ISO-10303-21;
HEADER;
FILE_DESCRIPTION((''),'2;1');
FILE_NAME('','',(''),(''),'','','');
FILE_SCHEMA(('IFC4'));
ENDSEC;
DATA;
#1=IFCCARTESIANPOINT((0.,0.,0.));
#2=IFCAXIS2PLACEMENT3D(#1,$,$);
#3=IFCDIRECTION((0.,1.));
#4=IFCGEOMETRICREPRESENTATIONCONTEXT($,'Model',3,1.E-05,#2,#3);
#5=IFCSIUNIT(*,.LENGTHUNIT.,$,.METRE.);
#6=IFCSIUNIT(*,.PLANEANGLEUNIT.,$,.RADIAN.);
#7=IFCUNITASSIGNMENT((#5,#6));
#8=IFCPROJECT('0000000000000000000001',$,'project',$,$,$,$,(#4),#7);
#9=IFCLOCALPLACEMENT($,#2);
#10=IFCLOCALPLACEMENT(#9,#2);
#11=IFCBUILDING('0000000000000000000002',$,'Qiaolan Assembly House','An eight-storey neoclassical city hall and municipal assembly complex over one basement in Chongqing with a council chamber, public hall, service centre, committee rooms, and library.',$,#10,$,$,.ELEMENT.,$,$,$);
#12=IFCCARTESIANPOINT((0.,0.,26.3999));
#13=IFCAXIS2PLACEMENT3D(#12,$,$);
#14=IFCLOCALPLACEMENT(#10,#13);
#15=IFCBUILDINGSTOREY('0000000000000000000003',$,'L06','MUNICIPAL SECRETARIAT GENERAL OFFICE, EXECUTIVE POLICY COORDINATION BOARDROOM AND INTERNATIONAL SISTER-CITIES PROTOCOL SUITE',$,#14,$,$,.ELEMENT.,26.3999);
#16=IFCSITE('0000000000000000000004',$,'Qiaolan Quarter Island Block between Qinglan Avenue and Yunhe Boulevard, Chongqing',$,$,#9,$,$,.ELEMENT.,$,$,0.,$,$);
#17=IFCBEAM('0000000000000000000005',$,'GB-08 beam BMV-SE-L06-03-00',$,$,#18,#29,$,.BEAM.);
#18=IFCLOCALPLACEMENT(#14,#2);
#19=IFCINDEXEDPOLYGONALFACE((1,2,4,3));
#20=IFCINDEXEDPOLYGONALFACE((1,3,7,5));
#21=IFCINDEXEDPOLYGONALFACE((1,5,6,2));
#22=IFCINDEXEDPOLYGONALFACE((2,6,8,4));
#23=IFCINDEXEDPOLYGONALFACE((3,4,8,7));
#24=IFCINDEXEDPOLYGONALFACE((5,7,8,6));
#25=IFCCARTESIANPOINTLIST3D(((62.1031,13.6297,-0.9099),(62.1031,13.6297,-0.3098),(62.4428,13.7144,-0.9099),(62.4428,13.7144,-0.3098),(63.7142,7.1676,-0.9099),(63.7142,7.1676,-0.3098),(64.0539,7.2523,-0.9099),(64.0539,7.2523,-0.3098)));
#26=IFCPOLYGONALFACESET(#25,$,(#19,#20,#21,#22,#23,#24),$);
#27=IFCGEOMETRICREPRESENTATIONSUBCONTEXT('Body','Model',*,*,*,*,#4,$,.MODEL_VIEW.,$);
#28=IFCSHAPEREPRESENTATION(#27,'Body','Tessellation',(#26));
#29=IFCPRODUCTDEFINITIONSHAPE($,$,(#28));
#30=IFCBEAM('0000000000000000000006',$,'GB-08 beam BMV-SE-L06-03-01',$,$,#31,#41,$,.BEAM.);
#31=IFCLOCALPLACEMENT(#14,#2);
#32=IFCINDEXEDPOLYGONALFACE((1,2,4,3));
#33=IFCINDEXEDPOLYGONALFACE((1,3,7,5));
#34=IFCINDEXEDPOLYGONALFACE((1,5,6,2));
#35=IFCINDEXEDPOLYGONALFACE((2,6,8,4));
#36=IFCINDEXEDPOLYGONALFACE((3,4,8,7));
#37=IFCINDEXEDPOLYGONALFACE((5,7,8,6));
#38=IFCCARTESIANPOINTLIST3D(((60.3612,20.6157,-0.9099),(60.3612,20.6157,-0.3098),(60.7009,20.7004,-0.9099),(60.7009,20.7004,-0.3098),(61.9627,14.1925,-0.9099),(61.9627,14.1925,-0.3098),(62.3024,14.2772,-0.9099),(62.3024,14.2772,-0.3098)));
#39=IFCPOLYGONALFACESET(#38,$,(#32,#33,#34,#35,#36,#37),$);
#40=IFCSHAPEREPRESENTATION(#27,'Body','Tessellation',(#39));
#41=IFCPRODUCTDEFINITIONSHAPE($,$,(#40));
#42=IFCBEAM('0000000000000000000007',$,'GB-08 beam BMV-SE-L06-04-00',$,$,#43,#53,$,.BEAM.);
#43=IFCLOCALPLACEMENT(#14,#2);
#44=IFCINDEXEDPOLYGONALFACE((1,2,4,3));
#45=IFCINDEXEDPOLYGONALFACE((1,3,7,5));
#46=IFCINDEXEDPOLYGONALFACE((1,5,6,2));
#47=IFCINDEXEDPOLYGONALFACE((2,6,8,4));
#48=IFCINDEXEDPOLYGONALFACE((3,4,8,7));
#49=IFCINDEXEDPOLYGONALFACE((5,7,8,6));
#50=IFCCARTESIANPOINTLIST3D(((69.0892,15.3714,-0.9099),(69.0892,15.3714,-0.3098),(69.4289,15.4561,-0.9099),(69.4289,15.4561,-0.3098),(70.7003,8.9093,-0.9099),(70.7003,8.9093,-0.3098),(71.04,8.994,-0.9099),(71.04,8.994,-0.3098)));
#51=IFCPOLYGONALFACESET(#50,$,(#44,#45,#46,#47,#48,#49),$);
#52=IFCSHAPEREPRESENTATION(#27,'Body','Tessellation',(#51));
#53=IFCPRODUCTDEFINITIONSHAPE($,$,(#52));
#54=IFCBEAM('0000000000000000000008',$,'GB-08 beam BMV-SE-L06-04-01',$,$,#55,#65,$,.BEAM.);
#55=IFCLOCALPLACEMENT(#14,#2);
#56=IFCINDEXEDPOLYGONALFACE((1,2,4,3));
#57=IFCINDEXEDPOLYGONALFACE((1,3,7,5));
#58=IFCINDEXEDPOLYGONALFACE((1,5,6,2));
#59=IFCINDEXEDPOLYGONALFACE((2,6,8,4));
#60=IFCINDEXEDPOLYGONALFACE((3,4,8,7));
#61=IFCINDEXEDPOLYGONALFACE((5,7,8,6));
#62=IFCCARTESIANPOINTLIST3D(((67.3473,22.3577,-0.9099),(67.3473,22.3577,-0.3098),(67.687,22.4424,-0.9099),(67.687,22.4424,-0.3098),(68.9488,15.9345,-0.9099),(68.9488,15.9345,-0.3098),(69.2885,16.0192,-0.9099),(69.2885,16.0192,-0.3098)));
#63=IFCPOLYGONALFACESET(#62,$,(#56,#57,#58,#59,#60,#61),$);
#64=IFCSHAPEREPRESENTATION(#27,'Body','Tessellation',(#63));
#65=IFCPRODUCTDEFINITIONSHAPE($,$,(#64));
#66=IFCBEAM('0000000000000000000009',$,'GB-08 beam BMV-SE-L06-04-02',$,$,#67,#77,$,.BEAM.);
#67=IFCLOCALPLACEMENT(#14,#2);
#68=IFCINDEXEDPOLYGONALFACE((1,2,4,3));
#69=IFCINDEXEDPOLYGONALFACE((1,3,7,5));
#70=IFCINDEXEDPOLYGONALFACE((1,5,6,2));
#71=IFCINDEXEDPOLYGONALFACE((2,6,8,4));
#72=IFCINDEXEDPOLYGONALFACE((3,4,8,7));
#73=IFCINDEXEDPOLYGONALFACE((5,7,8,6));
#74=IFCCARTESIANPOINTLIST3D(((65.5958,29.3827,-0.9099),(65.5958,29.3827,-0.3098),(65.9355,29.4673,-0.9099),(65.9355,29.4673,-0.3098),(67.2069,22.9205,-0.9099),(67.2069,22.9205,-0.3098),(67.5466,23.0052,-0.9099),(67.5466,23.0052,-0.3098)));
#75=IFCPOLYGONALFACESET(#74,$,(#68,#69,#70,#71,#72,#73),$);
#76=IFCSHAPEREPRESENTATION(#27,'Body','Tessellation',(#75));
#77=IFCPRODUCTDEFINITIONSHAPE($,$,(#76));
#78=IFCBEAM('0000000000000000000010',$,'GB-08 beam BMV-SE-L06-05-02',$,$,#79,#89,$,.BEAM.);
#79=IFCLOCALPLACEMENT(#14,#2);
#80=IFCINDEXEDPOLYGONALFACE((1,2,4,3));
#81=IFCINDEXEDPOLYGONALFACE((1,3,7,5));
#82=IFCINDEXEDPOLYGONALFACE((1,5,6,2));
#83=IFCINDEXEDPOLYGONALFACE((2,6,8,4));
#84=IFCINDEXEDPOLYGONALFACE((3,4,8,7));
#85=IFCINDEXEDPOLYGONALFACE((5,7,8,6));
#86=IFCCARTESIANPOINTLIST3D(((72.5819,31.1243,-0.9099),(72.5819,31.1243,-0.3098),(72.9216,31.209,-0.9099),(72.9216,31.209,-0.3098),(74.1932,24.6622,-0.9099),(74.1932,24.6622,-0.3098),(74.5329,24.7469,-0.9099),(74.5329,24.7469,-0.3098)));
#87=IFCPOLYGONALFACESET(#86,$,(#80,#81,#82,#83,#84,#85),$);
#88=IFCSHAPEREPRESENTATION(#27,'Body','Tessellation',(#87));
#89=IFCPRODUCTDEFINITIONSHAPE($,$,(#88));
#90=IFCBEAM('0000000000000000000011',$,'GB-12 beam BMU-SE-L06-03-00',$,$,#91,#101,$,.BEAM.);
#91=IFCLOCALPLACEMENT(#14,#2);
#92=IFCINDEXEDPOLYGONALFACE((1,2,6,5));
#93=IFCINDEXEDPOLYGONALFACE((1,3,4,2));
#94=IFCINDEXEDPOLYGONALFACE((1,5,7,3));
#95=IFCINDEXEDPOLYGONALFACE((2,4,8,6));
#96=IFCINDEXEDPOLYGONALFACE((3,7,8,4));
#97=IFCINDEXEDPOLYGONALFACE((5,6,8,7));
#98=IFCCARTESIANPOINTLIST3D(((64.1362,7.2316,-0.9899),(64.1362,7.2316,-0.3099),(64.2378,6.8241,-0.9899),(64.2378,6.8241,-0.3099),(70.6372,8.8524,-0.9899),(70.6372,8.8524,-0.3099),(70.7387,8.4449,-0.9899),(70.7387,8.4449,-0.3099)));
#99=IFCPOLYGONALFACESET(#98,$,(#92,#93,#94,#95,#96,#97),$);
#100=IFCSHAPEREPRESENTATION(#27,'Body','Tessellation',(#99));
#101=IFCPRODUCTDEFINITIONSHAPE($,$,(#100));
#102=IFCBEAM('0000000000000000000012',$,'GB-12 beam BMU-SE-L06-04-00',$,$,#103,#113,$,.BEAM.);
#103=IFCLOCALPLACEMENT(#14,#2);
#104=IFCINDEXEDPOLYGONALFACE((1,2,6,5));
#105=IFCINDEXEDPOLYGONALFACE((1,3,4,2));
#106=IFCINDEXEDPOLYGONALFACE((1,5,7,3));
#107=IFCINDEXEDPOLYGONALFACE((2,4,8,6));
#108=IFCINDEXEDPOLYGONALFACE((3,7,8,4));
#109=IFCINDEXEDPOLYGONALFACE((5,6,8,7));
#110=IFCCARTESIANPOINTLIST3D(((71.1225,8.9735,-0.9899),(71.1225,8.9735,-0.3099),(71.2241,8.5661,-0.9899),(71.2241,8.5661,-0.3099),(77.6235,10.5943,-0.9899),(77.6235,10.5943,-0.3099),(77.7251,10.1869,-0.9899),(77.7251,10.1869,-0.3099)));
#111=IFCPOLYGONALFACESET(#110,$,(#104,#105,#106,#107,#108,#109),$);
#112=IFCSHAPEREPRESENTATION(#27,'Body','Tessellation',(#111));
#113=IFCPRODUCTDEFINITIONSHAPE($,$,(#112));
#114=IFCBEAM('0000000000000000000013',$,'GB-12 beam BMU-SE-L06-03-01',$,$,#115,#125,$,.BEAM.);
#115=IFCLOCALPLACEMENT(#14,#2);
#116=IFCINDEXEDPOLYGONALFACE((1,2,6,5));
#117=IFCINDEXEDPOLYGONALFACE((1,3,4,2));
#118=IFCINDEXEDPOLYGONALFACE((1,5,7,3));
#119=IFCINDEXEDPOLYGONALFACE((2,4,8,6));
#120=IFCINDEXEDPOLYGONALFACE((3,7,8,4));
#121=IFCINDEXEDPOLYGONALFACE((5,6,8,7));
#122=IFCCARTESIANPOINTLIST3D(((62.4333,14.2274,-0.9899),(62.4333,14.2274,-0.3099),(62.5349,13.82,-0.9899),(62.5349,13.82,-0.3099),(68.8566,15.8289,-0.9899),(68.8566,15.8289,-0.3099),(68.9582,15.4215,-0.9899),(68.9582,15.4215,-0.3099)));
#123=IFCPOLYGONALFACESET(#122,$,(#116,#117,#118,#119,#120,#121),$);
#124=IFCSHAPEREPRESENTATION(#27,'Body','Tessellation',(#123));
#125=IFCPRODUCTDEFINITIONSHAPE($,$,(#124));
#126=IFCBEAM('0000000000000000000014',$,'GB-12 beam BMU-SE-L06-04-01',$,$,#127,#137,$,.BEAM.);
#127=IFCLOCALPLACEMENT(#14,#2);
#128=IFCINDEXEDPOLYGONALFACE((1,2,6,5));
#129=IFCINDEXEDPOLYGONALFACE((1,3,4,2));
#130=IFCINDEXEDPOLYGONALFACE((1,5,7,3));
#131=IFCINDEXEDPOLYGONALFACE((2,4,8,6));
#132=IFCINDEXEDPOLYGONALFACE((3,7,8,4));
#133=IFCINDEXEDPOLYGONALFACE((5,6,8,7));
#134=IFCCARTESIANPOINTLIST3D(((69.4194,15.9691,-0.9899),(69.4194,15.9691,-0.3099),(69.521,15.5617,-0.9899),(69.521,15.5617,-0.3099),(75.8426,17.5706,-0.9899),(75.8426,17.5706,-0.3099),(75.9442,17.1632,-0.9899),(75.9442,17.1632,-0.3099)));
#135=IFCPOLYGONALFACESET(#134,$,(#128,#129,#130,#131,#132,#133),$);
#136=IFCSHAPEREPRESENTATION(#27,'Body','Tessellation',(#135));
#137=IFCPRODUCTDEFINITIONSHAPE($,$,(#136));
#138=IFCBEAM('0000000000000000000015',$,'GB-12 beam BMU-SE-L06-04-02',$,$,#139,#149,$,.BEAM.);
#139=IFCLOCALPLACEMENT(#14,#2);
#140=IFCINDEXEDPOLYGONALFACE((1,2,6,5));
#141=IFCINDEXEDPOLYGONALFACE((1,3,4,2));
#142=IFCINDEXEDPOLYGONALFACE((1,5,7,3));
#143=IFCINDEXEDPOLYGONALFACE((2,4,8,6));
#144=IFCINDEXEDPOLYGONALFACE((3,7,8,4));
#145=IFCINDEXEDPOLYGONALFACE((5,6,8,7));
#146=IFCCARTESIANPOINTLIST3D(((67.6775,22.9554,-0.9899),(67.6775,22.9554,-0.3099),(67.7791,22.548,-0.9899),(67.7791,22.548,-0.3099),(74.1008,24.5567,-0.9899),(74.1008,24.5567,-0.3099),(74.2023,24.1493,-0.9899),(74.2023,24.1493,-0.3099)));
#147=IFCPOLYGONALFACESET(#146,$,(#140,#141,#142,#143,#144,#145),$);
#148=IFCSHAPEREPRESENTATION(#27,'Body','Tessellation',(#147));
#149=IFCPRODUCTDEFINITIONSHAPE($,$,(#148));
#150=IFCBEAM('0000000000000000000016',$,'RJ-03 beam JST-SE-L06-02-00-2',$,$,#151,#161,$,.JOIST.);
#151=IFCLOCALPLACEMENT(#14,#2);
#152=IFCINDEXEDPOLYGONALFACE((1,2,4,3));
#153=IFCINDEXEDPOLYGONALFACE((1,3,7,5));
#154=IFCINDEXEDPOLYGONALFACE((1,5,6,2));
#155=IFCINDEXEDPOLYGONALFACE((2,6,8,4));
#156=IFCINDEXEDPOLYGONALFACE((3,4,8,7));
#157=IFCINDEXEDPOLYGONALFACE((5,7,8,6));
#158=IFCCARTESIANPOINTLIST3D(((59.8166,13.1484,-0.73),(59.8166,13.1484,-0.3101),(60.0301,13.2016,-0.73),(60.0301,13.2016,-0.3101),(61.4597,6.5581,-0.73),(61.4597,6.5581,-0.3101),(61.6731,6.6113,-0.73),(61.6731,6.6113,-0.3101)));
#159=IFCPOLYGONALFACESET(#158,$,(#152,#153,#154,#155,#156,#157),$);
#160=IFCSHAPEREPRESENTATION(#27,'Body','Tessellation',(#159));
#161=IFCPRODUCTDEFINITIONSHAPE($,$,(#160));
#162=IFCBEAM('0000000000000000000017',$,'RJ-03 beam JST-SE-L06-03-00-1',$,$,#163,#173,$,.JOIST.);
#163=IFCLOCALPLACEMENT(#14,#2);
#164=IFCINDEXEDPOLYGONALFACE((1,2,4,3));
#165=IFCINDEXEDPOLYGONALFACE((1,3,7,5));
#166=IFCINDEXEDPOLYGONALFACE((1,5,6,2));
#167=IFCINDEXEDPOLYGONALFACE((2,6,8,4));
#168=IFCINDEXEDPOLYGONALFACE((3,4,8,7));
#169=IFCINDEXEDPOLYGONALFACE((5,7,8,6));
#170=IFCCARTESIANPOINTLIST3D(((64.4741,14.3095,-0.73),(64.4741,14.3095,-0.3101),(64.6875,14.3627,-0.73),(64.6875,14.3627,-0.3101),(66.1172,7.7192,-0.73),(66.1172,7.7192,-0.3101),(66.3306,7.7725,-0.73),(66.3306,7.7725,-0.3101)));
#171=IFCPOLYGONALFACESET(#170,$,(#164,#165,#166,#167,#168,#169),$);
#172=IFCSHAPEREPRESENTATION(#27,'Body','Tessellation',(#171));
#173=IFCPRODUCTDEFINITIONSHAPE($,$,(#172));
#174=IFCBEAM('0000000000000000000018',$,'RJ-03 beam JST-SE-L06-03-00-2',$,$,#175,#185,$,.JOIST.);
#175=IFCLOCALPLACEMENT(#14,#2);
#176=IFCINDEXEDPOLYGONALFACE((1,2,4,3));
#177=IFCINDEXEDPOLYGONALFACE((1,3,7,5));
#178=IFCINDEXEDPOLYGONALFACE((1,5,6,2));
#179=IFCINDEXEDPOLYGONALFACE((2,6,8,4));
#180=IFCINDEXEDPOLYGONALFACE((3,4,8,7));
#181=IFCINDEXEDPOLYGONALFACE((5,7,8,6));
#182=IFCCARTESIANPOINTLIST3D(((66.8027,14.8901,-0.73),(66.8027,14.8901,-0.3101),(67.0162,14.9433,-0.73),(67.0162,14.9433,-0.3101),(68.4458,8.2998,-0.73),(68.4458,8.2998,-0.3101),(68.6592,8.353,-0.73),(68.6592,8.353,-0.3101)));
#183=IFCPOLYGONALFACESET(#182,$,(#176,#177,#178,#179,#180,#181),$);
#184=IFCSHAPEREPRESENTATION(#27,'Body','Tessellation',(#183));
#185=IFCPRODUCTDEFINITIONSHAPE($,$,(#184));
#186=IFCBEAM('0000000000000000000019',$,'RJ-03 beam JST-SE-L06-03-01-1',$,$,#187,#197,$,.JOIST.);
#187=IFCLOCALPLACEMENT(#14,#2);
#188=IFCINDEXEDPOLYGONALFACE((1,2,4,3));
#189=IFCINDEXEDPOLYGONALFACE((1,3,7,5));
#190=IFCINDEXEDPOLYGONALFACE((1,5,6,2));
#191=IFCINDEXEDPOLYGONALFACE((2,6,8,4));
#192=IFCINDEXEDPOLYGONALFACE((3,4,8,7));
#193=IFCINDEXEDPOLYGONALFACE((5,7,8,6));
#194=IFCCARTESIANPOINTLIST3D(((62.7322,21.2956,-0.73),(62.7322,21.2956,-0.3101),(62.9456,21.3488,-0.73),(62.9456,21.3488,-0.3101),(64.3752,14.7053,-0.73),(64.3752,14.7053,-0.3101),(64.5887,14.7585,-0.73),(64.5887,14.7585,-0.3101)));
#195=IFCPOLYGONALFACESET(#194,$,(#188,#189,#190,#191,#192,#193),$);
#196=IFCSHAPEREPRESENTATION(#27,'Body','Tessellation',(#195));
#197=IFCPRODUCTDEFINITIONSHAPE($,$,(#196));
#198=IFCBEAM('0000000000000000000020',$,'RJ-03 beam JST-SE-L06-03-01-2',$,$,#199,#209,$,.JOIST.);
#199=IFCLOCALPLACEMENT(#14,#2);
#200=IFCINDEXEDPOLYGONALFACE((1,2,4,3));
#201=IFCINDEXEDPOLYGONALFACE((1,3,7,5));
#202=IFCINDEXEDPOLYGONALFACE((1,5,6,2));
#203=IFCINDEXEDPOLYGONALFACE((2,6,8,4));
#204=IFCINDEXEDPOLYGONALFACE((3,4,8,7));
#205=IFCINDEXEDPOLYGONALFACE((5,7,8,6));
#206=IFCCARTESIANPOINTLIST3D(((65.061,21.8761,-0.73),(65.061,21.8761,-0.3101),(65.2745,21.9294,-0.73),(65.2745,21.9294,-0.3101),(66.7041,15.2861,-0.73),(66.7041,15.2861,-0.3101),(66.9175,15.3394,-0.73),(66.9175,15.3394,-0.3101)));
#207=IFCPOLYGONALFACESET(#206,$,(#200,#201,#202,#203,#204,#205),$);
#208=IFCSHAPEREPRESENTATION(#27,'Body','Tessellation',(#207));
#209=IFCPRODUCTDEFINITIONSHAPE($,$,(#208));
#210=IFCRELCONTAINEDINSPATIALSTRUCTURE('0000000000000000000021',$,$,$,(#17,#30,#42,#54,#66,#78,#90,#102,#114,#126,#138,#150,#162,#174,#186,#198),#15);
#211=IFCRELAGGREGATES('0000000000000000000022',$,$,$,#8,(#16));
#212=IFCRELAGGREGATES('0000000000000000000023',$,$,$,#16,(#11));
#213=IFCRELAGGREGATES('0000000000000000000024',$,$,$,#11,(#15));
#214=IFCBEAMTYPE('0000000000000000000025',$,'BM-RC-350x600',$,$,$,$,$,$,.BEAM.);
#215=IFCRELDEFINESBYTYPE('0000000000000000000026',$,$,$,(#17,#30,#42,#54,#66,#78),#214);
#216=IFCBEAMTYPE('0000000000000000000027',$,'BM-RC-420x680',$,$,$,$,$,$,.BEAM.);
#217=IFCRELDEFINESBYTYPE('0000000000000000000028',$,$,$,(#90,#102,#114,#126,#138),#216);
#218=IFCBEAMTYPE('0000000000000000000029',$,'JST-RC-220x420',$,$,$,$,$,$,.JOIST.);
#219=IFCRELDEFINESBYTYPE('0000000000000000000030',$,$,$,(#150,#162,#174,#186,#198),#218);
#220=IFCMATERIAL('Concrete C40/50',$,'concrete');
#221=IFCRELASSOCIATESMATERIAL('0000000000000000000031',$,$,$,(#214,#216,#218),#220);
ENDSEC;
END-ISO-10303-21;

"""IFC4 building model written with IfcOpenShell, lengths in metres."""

from ifc_helpers import new_model, si_unit, direction, frame, origin, origin_2d, place, context, subcontext, project, spatial, rectangle, extrude, material, material_profile, profile_set, type_object, element, save


model = new_model("IFC4")

# Units and contexts
model_context = context("Model", 3, precision=1e-05, world=origin(), true_north=direction((0.0, 1.0)))
body_context = subcontext(model_context, "Body", "Model", "MODEL_VIEW")
ifc_project = project(units=[si_unit("LENGTHUNIT", "METRE"), si_unit("PLANEANGLEUNIT", "RADIAN")], contexts=[model_context])

# Site, building, storey
site_placement = place(None, origin())
site = spatial("IfcSite", under=ifc_project, at=site_placement, Name="Qiaolan Quarter Island Block between Qinglan Avenue and Yunhe Boulevard, Chongqing", CompositionType="ELEMENT", RefElevation=0.0)
building_placement = place(site_placement, origin())
building = spatial("IfcBuilding", under=site, at=building_placement, Name="Qiaolan Assembly House", Description="An eight-storey neoclassical city hall and municipal assembly complex over one basement in Chongqing with a council chamber, public hall, service centre, committee rooms, and library.", CompositionType="ELEMENT")
storey_placement = place(building_placement, frame((0.0, 0.0, 26.3999)))
storey = spatial("IfcBuildingStorey", under=building, at=storey_placement, Name="L06", Description="MUNICIPAL SECRETARIAT GENERAL OFFICE, EXECUTIVE POLICY COORDINATION BOARDROOM AND INTERNATIONAL SISTER-CITIES PROTOCOL SUITE", CompositionType="ELEMENT", Elevation=26.3999)

# Beams
ifc_material = material(Name="Concrete C40/50", Category="concrete")
ifc_material_profile_1 = material_profile(ifc_material, rectangle(XDim=0.3501, YDim=0.6001, at=origin_2d()), Name="RCB 350x600")
ifc_profile_set_1 = profile_set([ifc_material_profile_1], Name="Concrete C40/50")
beam_type_1 = type_object("IfcBeamType", Name="BM-RC-350x600", PredefinedType="BEAM", material=ifc_profile_set_1)
beam_1_placement = place(storey_placement, frame((63.884, 7.21, -0.6099), z_axis=(-0.241906, 0.9703, 0.0), x_axis=(-0.9703, -0.241906, 0.0)))
element("IfcBeam", 1, at=beam_1_placement, inside=storey, type_object=beam_type_1, Name="GB-08 beam BMV-SE-L06-03-00", PredefinedType="BEAM", context=body_context, shape_type="SweptSolid", body=[
    extrude(rectangle(XDim=0.3501, YDim=0.6001, at=origin_2d()), origin(), (0.0, 0.0, 1.0), 6.6599),
])
beam_2_placement = place(storey_placement, frame((62.1326, 14.2349, -0.6099), z_axis=(-0.241928, 0.970294, 0.0), x_axis=(-0.970294, -0.241928, 0.0)))
element("IfcBeam", 2, at=beam_2_placement, inside=storey, type_object=beam_type_1, Name="GB-08 beam BMV-SE-L06-03-01", PredefinedType="BEAM", context=body_context, shape_type="SweptSolid", body=[
    extrude(rectangle(XDim=0.3501, YDim=0.6001, at=origin_2d()), origin(), (0.0, 0.0, 1.0), 6.6199),
])
beam_3_placement = place(storey_placement, frame((70.8701, 8.9517, -0.6099), z_axis=(-0.241906, 0.9703, 0.0), x_axis=(-0.9703, -0.241906, 0.0)))
element("IfcBeam", 3, at=beam_3_placement, inside=storey, type_object=beam_type_1, Name="GB-08 beam BMV-SE-L06-04-00", PredefinedType="BEAM", context=body_context, shape_type="SweptSolid", body=[
    extrude(rectangle(XDim=0.3501, YDim=0.6001, at=origin_2d()), origin(), (0.0, 0.0, 1.0), 6.6599),
])
beam_4_placement = place(storey_placement, frame((69.1187, 15.9768, -0.6099), z_axis=(-0.241928, 0.970294, 0.0), x_axis=(-0.970294, -0.241928, 0.0)))
element("IfcBeam", 4, at=beam_4_placement, inside=storey, type_object=beam_type_1, Name="GB-08 beam BMV-SE-L06-04-01", PredefinedType="BEAM", context=body_context, shape_type="SweptSolid", body=[
    extrude(rectangle(XDim=0.3501, YDim=0.6001, at=origin_2d()), origin(), (0.0, 0.0, 1.0), 6.6199),
])
for number, where, z_axis, x_axis, name in (
    (5, (67.3767, 22.9629, -0.6099), (-0.241906, 0.9703, 0.0), (-0.9703, -0.241906, 0.0), "GB-08 beam BMV-SE-L06-04-02"),
    (6, (74.363, 24.7046, -0.6099), (-0.24194, 0.970291, 0.0), (-0.970291, -0.24194, 0.0), "GB-08 beam BMV-SE-L06-05-02"),
):
    element("IfcBeam", number, at=place(storey_placement, frame(where, z_axis=z_axis, x_axis=x_axis)), inside=storey, type_object=beam_type_1, Name=name, PredefinedType="BEAM", context=body_context, shape_type="SweptSolid", body=[
        extrude(rectangle(XDim=0.3501, YDim=0.6001, at=origin_2d()), origin(), (0.0, 0.0, 1.0), 6.6599),
    ])
ifc_material_profile_2 = material_profile(ifc_material, rectangle(XDim=0.4199, YDim=0.6799, at=origin_2d()), Name="RCB 420x680")
ifc_profile_set_2 = profile_set([ifc_material_profile_2], Name="Concrete C40/50")
beam_type_2 = type_object("IfcBeamType", Name="BM-RC-420x680", PredefinedType="BEAM", material=ifc_profile_set_2)
for number, where, z_axis, x_axis, name in (
    (7, (64.187, 7.0278, -0.6499), (0.970297, 0.241918, 0.0), (-0.241918, 0.970297, 0.0), "GB-12 beam BMU-SE-L06-03-00"),
    (8, (71.1733, 8.7698, -0.6499), (0.970297, 0.241918, 0.0), (-0.241918, 0.970297, 0.0), "GB-12 beam BMU-SE-L06-04-00"),
):
    element("IfcBeam", number, at=place(storey_placement, frame(where, z_axis=z_axis, x_axis=x_axis)), inside=storey, type_object=beam_type_2, Name=name, PredefinedType="BEAM", context=body_context, shape_type="SweptSolid", body=[
        extrude(rectangle(XDim=0.4199, YDim=0.6799, at=origin_2d()), origin(), (0.0, 0.0, 1.0), 6.7),
    ])
for number, where, z_axis, x_axis, name in (
    (9, (62.4841, 14.0237, -0.6499), (0.970294, 0.241928, 0.0), (-0.241928, 0.970294, 0.0), "GB-12 beam BMU-SE-L06-03-01"),
    (10, (69.4702, 15.7654, -0.6499), (0.970294, 0.241928, 0.0), (-0.241928, 0.970294, 0.0), "GB-12 beam BMU-SE-L06-04-01"),
    (11, (67.7283, 22.7517, -0.6499), (0.970303, 0.241893, 0.0), (-0.241893, 0.970303, 0.0), "GB-12 beam BMU-SE-L06-04-02"),
):
    element("IfcBeam", number, at=place(storey_placement, frame(where, z_axis=z_axis, x_axis=x_axis)), inside=storey, type_object=beam_type_2, Name=name, PredefinedType="BEAM", context=body_context, shape_type="SweptSolid", body=[
        extrude(rectangle(XDim=0.4199, YDim=0.6799, at=origin_2d()), origin(), (0.0, 0.0, 1.0), 6.6199),
    ])
ifc_material_profile_3 = material_profile(ifc_material, rectangle(XDim=0.22, YDim=0.4199, at=origin_2d()), Name="RCB 220x420")
ifc_profile_set_3 = profile_set([ifc_material_profile_3], Name="Concrete C40/50")
beam_type_3 = type_object("IfcBeamType", Name="JST-RC-220x420", PredefinedType="JOIST", material=ifc_profile_set_3)
for number, where, z_axis, x_axis, name in (
    (12, (61.5664, 6.5847, -0.52), (-0.24191, 0.970299, 0.0), (-0.970299, -0.24191, 0.0), "RJ-03 beam JST-SE-L06-02-00-2"),
    (13, (66.2239, 7.7458, -0.52), (-0.24191, 0.970299, 0.0), (-0.970299, -0.24191, 0.0), "RJ-03 beam JST-SE-L06-03-00-1"),
    (14, (68.5525, 8.3264, -0.52), (-0.24191, 0.970299, 0.0), (-0.970299, -0.24191, 0.0), "RJ-03 beam JST-SE-L06-03-00-2"),
    (15, (64.4819, 14.7319, -0.52), (-0.24191, 0.970299, 0.0), (-0.970299, -0.24191, 0.0), "RJ-03 beam JST-SE-L06-03-01-1"),
):
    element("IfcBeam", number, at=place(storey_placement, frame(where, z_axis=z_axis, x_axis=x_axis)), inside=storey, type_object=beam_type_3, Name=name, PredefinedType="JOIST", context=body_context, shape_type="SweptSolid", body=[
        extrude(rectangle(XDim=0.22, YDim=0.4199, at=origin_2d()), origin(), (0.0, 0.0, 1.0), 6.792),
    ])
for number, where, z_axis, x_axis, name in (
    (16, (66.8108, 15.3127, -0.52), (-0.241918, 0.970297, 0.0), (-0.970297, -0.241918, 0.0), "RJ-03 beam JST-SE-L06-03-01-2"),
):
    element("IfcBeam", number, at=place(storey_placement, frame(where, z_axis=z_axis, x_axis=x_axis)), inside=storey, type_object=beam_type_3, Name=name, PredefinedType="JOIST", context=body_context, shape_type="SweptSolid", body=[
        extrude(rectangle(XDim=0.22, YDim=0.4199, at=origin_2d()), origin(), (0.0, 0.0, 1.0), 6.7917),
    ])

save(model, "model.ifc")
